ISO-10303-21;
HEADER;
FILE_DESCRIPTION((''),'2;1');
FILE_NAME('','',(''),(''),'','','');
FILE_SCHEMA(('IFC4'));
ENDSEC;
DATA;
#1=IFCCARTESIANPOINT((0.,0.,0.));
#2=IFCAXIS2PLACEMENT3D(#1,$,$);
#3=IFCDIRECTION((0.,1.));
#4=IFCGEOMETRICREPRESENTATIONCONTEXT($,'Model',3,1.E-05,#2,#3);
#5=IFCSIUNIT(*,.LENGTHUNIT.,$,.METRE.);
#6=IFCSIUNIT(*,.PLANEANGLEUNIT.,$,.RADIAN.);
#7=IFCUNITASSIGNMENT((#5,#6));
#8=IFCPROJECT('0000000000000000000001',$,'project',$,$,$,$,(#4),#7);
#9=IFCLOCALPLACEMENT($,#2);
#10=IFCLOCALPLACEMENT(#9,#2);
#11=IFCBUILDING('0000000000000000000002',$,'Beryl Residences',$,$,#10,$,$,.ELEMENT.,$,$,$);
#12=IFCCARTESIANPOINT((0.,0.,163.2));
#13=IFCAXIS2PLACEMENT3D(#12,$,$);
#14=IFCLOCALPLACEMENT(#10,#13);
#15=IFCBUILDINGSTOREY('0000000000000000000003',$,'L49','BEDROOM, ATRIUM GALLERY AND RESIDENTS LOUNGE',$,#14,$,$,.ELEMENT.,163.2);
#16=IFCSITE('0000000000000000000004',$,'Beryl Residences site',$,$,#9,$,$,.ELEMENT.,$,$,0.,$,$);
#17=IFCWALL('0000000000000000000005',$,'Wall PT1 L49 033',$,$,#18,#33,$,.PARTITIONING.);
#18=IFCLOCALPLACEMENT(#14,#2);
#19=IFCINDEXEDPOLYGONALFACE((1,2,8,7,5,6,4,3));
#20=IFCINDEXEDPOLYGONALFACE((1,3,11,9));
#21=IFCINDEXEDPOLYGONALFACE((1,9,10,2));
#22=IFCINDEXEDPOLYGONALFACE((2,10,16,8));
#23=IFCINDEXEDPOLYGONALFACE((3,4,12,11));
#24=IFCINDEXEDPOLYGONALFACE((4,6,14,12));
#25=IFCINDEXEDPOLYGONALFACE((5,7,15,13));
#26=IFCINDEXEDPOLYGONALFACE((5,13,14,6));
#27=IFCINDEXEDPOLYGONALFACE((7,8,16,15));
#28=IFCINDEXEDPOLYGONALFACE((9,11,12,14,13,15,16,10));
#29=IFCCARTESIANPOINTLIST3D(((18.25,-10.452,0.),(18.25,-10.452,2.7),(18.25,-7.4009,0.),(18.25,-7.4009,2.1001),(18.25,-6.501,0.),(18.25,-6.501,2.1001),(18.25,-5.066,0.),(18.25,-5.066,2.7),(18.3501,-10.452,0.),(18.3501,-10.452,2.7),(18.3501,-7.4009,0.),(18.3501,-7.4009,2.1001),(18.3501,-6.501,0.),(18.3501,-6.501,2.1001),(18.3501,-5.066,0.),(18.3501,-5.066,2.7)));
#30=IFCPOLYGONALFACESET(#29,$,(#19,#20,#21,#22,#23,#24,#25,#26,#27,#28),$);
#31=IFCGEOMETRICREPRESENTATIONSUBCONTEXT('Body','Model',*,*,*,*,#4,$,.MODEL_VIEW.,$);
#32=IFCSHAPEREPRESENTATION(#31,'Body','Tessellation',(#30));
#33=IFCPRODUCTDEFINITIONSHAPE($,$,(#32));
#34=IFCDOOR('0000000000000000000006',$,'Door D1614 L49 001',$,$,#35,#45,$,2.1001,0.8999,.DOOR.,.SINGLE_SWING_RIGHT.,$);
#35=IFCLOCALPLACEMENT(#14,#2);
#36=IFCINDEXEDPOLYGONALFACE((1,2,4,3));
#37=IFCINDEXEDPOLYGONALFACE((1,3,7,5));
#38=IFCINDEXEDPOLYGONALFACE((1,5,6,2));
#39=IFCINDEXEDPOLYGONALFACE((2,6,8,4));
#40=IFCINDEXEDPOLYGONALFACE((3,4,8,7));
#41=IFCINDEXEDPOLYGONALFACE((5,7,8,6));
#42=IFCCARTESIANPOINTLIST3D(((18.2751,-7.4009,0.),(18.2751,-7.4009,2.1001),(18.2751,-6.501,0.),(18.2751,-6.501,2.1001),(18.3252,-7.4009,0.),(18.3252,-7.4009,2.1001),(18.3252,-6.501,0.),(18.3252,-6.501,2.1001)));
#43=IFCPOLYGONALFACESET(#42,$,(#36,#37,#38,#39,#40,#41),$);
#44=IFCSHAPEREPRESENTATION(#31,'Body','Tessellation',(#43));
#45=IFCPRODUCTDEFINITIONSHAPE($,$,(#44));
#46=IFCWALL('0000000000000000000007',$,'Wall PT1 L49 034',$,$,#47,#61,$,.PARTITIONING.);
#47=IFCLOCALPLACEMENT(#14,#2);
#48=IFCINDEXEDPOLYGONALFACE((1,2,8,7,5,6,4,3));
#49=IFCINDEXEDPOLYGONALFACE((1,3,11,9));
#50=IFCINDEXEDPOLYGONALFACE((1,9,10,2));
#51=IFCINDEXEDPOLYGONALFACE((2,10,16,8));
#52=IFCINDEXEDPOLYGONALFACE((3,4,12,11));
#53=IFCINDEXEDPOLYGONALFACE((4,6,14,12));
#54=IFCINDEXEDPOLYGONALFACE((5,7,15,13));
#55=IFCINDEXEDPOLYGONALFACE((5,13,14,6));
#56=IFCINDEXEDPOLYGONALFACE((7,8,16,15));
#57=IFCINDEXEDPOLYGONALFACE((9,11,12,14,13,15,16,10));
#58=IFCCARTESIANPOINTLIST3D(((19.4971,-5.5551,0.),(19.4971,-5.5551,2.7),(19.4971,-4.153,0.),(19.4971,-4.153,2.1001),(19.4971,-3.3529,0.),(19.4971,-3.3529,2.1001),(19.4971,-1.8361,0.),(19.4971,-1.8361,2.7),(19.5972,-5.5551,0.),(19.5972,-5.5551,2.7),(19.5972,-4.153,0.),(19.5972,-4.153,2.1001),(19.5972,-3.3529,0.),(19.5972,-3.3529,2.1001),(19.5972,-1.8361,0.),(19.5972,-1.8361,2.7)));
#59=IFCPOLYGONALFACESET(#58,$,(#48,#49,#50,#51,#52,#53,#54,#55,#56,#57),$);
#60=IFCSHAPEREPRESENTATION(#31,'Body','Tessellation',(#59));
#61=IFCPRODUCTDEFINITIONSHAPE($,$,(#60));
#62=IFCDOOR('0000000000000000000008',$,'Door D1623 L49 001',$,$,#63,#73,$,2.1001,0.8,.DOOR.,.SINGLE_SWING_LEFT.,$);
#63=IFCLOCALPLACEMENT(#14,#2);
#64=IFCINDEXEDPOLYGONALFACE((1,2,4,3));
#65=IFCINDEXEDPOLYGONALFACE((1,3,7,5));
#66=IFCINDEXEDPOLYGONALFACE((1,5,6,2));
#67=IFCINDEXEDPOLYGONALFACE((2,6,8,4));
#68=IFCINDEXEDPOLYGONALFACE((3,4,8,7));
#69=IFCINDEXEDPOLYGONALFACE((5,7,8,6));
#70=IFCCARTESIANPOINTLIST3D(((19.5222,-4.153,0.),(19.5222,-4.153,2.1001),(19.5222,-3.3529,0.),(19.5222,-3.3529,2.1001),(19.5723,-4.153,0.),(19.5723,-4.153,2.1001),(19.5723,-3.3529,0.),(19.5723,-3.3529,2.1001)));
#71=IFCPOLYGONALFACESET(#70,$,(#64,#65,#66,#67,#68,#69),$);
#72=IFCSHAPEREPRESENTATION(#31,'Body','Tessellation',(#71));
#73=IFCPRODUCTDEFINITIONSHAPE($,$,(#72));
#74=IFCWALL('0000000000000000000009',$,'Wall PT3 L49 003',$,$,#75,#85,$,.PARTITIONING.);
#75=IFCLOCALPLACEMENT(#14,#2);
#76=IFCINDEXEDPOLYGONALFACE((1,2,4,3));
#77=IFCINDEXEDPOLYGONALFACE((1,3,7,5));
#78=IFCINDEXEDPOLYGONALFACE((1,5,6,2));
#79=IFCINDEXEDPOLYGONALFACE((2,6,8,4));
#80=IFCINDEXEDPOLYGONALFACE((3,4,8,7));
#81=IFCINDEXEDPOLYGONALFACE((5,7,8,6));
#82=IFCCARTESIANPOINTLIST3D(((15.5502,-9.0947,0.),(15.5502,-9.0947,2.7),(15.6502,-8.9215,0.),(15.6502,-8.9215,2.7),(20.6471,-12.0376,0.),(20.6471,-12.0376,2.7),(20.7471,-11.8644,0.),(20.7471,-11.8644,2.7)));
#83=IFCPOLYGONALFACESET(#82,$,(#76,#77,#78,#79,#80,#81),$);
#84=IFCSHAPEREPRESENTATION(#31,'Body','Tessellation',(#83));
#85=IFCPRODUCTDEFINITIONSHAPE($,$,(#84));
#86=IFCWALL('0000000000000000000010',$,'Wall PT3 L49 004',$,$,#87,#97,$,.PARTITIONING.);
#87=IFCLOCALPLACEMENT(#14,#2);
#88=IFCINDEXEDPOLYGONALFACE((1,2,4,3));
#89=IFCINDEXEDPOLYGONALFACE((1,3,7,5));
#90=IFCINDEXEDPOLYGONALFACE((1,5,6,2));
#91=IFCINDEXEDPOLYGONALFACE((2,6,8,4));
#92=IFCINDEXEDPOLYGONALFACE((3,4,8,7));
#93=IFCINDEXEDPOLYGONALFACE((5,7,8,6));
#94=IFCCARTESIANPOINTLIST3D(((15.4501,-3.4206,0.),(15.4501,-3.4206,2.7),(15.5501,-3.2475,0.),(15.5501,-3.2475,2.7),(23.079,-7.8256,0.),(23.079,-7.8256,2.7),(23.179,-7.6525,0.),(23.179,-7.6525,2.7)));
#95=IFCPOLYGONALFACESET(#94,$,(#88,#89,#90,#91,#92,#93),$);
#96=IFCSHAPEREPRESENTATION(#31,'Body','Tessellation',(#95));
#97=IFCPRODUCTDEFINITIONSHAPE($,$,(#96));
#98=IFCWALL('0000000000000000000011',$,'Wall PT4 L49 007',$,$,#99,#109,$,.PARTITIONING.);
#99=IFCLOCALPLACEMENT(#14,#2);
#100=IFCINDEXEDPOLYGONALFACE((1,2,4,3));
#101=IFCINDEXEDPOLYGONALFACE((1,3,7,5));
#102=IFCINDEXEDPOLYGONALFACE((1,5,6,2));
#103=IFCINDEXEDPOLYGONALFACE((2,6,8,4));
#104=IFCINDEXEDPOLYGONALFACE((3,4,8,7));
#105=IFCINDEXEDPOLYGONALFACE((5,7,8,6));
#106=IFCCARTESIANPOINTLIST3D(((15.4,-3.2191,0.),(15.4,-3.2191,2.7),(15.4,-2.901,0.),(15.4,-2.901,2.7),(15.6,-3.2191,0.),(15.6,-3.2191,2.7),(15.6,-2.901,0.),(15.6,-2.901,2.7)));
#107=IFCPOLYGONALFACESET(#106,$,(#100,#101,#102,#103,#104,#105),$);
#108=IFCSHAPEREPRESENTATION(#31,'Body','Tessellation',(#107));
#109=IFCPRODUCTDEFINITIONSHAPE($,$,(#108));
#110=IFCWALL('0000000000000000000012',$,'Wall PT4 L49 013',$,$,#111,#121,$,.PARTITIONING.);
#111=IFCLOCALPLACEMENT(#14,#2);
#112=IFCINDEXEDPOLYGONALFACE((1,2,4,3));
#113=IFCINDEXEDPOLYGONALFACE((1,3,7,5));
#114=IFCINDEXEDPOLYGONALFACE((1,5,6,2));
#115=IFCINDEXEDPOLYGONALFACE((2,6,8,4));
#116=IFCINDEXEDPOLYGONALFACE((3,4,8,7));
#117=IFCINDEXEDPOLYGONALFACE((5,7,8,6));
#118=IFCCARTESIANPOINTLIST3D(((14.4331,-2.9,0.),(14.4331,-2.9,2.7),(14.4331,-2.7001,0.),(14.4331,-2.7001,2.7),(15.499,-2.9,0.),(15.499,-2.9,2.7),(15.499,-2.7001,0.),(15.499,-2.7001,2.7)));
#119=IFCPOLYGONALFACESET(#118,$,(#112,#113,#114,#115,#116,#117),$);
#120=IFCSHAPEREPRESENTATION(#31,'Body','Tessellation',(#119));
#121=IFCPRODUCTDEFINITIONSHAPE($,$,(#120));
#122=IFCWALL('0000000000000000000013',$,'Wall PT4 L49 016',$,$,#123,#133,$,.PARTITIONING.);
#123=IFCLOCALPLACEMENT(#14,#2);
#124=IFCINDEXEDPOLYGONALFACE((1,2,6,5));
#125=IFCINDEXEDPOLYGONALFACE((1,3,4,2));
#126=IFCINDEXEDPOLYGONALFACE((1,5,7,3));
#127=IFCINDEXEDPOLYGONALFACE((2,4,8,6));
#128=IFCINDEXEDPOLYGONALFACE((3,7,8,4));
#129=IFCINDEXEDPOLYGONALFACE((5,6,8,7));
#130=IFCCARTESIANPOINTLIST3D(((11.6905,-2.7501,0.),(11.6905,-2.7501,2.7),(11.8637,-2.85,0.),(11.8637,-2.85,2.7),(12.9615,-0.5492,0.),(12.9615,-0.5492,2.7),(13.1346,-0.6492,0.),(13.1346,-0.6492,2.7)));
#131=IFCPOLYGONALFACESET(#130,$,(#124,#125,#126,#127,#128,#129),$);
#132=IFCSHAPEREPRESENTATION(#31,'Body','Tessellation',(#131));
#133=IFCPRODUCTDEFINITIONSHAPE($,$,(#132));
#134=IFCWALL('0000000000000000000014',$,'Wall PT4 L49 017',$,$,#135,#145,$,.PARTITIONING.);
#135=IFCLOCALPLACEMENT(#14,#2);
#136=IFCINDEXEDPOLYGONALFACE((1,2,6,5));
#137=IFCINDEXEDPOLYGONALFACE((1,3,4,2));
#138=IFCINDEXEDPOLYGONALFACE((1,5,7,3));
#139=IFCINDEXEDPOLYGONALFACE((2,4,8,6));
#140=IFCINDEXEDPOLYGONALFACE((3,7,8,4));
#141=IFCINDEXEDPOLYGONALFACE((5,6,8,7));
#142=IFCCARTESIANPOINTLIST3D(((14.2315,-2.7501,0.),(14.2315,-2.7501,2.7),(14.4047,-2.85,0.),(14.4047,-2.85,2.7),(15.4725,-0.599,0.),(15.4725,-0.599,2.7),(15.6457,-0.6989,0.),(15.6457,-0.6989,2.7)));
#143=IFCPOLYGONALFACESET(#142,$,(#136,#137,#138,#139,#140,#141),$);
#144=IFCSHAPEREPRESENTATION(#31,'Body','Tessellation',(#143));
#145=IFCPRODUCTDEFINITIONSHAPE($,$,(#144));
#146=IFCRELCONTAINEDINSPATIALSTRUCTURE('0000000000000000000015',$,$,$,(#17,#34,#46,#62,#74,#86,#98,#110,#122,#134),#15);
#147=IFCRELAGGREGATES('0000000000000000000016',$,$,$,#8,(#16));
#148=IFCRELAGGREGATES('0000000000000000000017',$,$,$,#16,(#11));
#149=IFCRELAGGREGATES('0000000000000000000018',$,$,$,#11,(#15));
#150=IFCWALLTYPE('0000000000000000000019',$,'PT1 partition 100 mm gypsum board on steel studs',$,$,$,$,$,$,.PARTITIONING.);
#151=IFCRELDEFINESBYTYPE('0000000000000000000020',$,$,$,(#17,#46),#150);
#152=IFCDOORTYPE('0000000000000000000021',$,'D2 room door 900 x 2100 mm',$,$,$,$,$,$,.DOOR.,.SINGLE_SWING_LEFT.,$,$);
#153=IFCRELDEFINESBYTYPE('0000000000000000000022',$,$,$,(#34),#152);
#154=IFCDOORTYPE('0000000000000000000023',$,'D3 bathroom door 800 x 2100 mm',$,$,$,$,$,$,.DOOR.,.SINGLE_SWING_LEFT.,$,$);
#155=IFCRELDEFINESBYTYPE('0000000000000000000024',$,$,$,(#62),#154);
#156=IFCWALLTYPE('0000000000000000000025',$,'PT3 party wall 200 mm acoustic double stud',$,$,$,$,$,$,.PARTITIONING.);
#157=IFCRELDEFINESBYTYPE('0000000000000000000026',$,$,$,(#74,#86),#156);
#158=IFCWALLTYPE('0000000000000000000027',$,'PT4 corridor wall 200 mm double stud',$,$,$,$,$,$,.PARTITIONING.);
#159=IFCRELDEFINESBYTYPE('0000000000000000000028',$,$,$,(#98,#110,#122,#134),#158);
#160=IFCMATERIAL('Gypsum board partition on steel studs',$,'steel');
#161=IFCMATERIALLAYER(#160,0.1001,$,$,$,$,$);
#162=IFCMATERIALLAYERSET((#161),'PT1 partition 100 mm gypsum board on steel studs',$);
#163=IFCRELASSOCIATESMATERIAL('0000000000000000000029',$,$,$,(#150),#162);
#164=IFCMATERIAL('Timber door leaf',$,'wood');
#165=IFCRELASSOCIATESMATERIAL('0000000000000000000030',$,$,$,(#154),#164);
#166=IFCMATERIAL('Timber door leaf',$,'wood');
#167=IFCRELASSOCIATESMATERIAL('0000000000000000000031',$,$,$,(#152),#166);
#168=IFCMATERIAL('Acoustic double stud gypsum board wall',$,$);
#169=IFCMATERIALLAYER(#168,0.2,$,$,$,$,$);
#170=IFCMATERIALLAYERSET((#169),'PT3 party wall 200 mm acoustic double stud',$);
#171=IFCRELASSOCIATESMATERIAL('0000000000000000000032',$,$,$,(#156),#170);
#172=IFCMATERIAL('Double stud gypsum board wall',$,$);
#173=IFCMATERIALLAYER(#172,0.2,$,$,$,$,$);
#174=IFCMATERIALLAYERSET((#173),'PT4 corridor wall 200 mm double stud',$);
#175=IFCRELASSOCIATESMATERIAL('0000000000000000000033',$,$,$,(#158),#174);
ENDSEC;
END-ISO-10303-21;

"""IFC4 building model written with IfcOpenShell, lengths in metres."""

from ifc_helpers import new_model, si_unit, direction, frame, frame_2d, origin, place, context, subcontext, project, spatial, rectangle, extrude, material, layer, layer_set, type_object, element, fill, save


model = new_model("IFC4")

# Units and contexts
model_context = context("Model", 3, precision=1e-05, world=origin(), true_north=direction((0.0, 1.0)))
body_context = subcontext(model_context, "Body", "Model", "MODEL_VIEW")
ifc_project = project(units=[si_unit("LENGTHUNIT", "METRE"), si_unit("PLANEANGLEUNIT", "RADIAN")], contexts=[model_context])

# Site, building, storey
site_placement = place(None, origin())
site = spatial("IfcSite", under=ifc_project, at=site_placement, Name="Beryl Residences site", CompositionType="ELEMENT", RefElevation=0.0)
building_placement = place(site_placement, origin())
building = spatial("IfcBuilding", under=site, at=building_placement, Name="Beryl Residences", CompositionType="ELEMENT")
storey_placement = place(building_placement, frame((0.0, 0.0, 163.2)))
storey = spatial("IfcBuildingStorey", under=building, at=storey_placement, Name="L49", Description="BEDROOM, ATRIUM GALLERY AND RESIDENTS LOUNGE", CompositionType="ELEMENT", Elevation=163.2)

# Walls, openings, doors
ifc_material_1 = material(Name="Gypsum board partition on steel studs", Category="steel")
ifc_layer_1 = layer(ifc_material_1, 0.1001)
ifc_layer_set_1 = layer_set([ifc_layer_1], Name="PT1 partition 100 mm gypsum board on steel studs")
wall_type_1 = type_object("IfcWallType", Name="PT1 partition 100 mm gypsum board on steel studs", PredefinedType="PARTITIONING", material=ifc_layer_set_1)
ifc_material_2 = material(Name="Timber door leaf", Category="wood")
door_type_1 = type_object("IfcDoorType", Name="D3 bathroom door 800 x 2100 mm", OperationType="SINGLE_SWING_LEFT", PredefinedType="DOOR", material=ifc_material_2)
ifc_material_3 = material(Name="Timber door leaf", Category="wood")
door_type_2 = type_object("IfcDoorType", Name="D2 room door 900 x 2100 mm", OperationType="SINGLE_SWING_LEFT", PredefinedType="DOOR", material=ifc_material_3)
wall_1_placement = place(storey_placement, frame((18.3, -10.4519, 0.0), z_axis=(0.0, 0.0, 1.0), x_axis=(0.0, 1.0, 0.0)))
wall_1 = element("IfcWall", 1, at=wall_1_placement, inside=storey, type_object=wall_type_1, Name="Wall PT1 L49 033", PredefinedType="PARTITIONING", context=body_context, shape_type="SweptSolid", body=[
    extrude(rectangle(XDim=5.386, YDim=0.1001, at=frame_2d((2.6929, 0.0))), origin(), (0.0, 0.0, 1.0), 2.7),
])
opening_1_placement = place(wall_1_placement, frame((3.051, 0.0, 0.0)))
opening_1 = element("IfcOpeningElement", 2, at=opening_1_placement, cuts=wall_1, PredefinedType="OPENING", context=body_context, shape_type="SweptSolid", body=[
    extrude(rectangle(XDim=0.8999, YDim=2.1001, at=frame_2d((0.45, 1.05))), frame((0.0, 0.0601, 0.0), z_axis=(0.0, -1.0, 0.0), x_axis=(1.0, 0.0, 0.0)), (0.0, 0.0, 1.0), 0.1201),
])
door_1_placement = place(opening_1_placement, origin())
door_1 = element("IfcDoor", 3, at=door_1_placement, inside=storey, type_object=door_type_2, Name="Door D1614 L49 001", OperationType="SINGLE_SWING_RIGHT", OverallHeight=2.1001, OverallWidth=0.8999, PredefinedType="DOOR", context=body_context, shape_type="SweptSolid", body=[
    extrude(rectangle(XDim=0.8999, YDim=2.1001, at=frame_2d((0.45, 1.05))), frame((0.0, 0.0249, 0.0), z_axis=(0.0, -1.0, 0.0), x_axis=(1.0, 0.0, 0.0)), (0.0, 0.0, 1.0), 0.05),
])
fill(opening_1, door_1)
wall_2_placement = place(storey_placement, frame((19.5471, -5.5549, 0.0), z_axis=(0.0, 0.0, 1.0), x_axis=(0.0, 1.0, 0.0)))
wall_2 = element("IfcWall", 4, at=wall_2_placement, inside=storey, type_object=wall_type_1, Name="Wall PT1 L49 034", PredefinedType="PARTITIONING", context=body_context, shape_type="SweptSolid", body=[
    extrude(rectangle(XDim=3.719, YDim=0.1001, at=frame_2d((1.8594, 0.0))), origin(), (0.0, 0.0, 1.0), 2.7),
])
opening_2_placement = place(wall_2_placement, frame((1.4021, 0.0, 0.0)))
opening_2 = element("IfcOpeningElement", 5, at=opening_2_placement, cuts=wall_2, PredefinedType="OPENING", context=body_context, shape_type="SweptSolid", body=[
    extrude(rectangle(XDim=0.8, YDim=2.1001, at=frame_2d((0.3999, 1.05))), frame((0.0, 0.0601, 0.0), z_axis=(0.0, -1.0, 0.0), x_axis=(1.0, 0.0, 0.0)), (0.0, 0.0, 1.0), 0.1201),
])
door_2_placement = place(opening_2_placement, origin())
door_2 = element("IfcDoor", 6, at=door_2_placement, inside=storey, type_object=door_type_1, Name="Door D1623 L49 001", OperationType="SINGLE_SWING_LEFT", OverallHeight=2.1001, OverallWidth=0.8, PredefinedType="DOOR", context=body_context, shape_type="SweptSolid", body=[
    extrude(rectangle(XDim=0.8, YDim=2.1001, at=frame_2d((0.3999, 1.05))), frame((0.0, 0.0249, 0.0), z_axis=(0.0, -1.0, 0.0), x_axis=(1.0, 0.0, 0.0)), (0.0, 0.0, 1.0), 0.05),
])
fill(opening_2, door_2)

# Walls
ifc_material_4 = material(Name="Acoustic double stud gypsum board wall")
ifc_layer_2 = layer(ifc_material_4, 0.2)
ifc_layer_set_2 = layer_set([ifc_layer_2], Name="PT3 party wall 200 mm acoustic double stud")
wall_type_2 = type_object("IfcWallType", Name="PT3 party wall 200 mm acoustic double stud", PredefinedType="PARTITIONING", material=ifc_layer_set_2)
wall_3_placement = place(storey_placement, frame((15.6001, -9.0081, 0.0), z_axis=(0.0, 0.0, 1.0), x_axis=(0.866014, -0.50002, 0.0)))
element("IfcWall", 7, at=wall_3_placement, inside=storey, type_object=wall_type_2, Name="Wall PT3 L49 003", PredefinedType="PARTITIONING", context=body_context, shape_type="SweptSolid", body=[
    extrude(rectangle(XDim=5.8855, YDim=0.2, at=frame_2d((2.9429, 0.0))), origin(), (0.0, 0.0, 1.0), 2.7),
])
wall_4_placement = place(storey_placement, frame((15.5, -3.334, 0.0), z_axis=(0.0, 0.0, 1.0), x_axis=(0.866002, -0.500041, 0.0)))
element("IfcWall", 8, at=wall_4_placement, inside=storey, type_object=wall_type_2, Name="Wall PT3 L49 004", PredefinedType="PARTITIONING", context=body_context, shape_type="SweptSolid", body=[
    extrude(rectangle(XDim=8.8093, YDim=0.2, at=frame_2d((4.4048, 0.0))), origin(), (0.0, 0.0, 1.0), 2.7),
])
ifc_material_5 = material(Name="Double stud gypsum board wall")
ifc_layer_3 = layer(ifc_material_5, 0.2)
ifc_layer_set_3 = layer_set([ifc_layer_3], Name="PT4 corridor wall 200 mm double stud")
wall_type_3 = type_object("IfcWallType", Name="PT4 corridor wall 200 mm double stud", PredefinedType="PARTITIONING", material=ifc_layer_set_3)
wall_5_placement = place(storey_placement, frame((15.5, -2.9009, 0.0), z_axis=(0.0, 0.0, 1.0), x_axis=(0.0, -1.0, 0.0)))
element("IfcWall", 9, at=wall_5_placement, inside=storey, type_object=wall_type_3, Name="Wall PT4 L49 007", PredefinedType="PARTITIONING", context=body_context, shape_type="SweptSolid", body=[
    extrude(rectangle(XDim=0.3181, YDim=0.2, at=frame_2d((0.1592, 0.0))), origin(), (0.0, 0.0, 1.0), 2.7),
])
wall_6_placement = place(storey_placement, frame((14.4331, -2.8, 0.0), z_axis=(0.0, 0.0, 1.0), x_axis=(1.0, 0.0, 0.0)))
element("IfcWall", 10, at=wall_6_placement, inside=storey, type_object=wall_type_3, Name="Wall PT4 L49 013", PredefinedType="PARTITIONING", context=body_context, shape_type="SweptSolid", body=[
    extrude(rectangle(XDim=1.0659, YDim=0.2, at=frame_2d((0.533, 0.0))), origin(), (0.0, 0.0, 1.0), 2.7),
])
wall_7_placement = place(storey_placement, frame((11.7771, -2.8, 0.0), z_axis=(0.0, 0.0, 1.0), x_axis=(0.500086, 0.865976, 0.0)))
element("IfcWall", 11, at=wall_7_placement, inside=storey, type_object=wall_type_3, Name="Wall PT4 L49 016", PredefinedType="PARTITIONING", context=body_context, shape_type="SweptSolid", body=[
    extrude(rectangle(XDim=2.5415, YDim=0.2, at=frame_2d((1.2708, 0.0))), origin(), (0.0, 0.0, 1.0), 2.7),
])
wall_8_placement = place(storey_placement, frame((14.3181, -2.8, 0.0), z_axis=(0.0, 0.0, 1.0), x_axis=(0.499703, 0.866197, 0.0)))
element("IfcWall", 12, at=wall_8_placement, inside=storey, type_object=wall_type_3, Name="Wall PT4 L49 017", PredefinedType="PARTITIONING", context=body_context, shape_type="SweptSolid", body=[
    extrude(rectangle(XDim=2.4834, YDim=0.2, at=frame_2d((1.2417, 0.0))), origin(), (0.0, 0.0, 1.0), 2.7),
])

save(model, "model.ifc")
